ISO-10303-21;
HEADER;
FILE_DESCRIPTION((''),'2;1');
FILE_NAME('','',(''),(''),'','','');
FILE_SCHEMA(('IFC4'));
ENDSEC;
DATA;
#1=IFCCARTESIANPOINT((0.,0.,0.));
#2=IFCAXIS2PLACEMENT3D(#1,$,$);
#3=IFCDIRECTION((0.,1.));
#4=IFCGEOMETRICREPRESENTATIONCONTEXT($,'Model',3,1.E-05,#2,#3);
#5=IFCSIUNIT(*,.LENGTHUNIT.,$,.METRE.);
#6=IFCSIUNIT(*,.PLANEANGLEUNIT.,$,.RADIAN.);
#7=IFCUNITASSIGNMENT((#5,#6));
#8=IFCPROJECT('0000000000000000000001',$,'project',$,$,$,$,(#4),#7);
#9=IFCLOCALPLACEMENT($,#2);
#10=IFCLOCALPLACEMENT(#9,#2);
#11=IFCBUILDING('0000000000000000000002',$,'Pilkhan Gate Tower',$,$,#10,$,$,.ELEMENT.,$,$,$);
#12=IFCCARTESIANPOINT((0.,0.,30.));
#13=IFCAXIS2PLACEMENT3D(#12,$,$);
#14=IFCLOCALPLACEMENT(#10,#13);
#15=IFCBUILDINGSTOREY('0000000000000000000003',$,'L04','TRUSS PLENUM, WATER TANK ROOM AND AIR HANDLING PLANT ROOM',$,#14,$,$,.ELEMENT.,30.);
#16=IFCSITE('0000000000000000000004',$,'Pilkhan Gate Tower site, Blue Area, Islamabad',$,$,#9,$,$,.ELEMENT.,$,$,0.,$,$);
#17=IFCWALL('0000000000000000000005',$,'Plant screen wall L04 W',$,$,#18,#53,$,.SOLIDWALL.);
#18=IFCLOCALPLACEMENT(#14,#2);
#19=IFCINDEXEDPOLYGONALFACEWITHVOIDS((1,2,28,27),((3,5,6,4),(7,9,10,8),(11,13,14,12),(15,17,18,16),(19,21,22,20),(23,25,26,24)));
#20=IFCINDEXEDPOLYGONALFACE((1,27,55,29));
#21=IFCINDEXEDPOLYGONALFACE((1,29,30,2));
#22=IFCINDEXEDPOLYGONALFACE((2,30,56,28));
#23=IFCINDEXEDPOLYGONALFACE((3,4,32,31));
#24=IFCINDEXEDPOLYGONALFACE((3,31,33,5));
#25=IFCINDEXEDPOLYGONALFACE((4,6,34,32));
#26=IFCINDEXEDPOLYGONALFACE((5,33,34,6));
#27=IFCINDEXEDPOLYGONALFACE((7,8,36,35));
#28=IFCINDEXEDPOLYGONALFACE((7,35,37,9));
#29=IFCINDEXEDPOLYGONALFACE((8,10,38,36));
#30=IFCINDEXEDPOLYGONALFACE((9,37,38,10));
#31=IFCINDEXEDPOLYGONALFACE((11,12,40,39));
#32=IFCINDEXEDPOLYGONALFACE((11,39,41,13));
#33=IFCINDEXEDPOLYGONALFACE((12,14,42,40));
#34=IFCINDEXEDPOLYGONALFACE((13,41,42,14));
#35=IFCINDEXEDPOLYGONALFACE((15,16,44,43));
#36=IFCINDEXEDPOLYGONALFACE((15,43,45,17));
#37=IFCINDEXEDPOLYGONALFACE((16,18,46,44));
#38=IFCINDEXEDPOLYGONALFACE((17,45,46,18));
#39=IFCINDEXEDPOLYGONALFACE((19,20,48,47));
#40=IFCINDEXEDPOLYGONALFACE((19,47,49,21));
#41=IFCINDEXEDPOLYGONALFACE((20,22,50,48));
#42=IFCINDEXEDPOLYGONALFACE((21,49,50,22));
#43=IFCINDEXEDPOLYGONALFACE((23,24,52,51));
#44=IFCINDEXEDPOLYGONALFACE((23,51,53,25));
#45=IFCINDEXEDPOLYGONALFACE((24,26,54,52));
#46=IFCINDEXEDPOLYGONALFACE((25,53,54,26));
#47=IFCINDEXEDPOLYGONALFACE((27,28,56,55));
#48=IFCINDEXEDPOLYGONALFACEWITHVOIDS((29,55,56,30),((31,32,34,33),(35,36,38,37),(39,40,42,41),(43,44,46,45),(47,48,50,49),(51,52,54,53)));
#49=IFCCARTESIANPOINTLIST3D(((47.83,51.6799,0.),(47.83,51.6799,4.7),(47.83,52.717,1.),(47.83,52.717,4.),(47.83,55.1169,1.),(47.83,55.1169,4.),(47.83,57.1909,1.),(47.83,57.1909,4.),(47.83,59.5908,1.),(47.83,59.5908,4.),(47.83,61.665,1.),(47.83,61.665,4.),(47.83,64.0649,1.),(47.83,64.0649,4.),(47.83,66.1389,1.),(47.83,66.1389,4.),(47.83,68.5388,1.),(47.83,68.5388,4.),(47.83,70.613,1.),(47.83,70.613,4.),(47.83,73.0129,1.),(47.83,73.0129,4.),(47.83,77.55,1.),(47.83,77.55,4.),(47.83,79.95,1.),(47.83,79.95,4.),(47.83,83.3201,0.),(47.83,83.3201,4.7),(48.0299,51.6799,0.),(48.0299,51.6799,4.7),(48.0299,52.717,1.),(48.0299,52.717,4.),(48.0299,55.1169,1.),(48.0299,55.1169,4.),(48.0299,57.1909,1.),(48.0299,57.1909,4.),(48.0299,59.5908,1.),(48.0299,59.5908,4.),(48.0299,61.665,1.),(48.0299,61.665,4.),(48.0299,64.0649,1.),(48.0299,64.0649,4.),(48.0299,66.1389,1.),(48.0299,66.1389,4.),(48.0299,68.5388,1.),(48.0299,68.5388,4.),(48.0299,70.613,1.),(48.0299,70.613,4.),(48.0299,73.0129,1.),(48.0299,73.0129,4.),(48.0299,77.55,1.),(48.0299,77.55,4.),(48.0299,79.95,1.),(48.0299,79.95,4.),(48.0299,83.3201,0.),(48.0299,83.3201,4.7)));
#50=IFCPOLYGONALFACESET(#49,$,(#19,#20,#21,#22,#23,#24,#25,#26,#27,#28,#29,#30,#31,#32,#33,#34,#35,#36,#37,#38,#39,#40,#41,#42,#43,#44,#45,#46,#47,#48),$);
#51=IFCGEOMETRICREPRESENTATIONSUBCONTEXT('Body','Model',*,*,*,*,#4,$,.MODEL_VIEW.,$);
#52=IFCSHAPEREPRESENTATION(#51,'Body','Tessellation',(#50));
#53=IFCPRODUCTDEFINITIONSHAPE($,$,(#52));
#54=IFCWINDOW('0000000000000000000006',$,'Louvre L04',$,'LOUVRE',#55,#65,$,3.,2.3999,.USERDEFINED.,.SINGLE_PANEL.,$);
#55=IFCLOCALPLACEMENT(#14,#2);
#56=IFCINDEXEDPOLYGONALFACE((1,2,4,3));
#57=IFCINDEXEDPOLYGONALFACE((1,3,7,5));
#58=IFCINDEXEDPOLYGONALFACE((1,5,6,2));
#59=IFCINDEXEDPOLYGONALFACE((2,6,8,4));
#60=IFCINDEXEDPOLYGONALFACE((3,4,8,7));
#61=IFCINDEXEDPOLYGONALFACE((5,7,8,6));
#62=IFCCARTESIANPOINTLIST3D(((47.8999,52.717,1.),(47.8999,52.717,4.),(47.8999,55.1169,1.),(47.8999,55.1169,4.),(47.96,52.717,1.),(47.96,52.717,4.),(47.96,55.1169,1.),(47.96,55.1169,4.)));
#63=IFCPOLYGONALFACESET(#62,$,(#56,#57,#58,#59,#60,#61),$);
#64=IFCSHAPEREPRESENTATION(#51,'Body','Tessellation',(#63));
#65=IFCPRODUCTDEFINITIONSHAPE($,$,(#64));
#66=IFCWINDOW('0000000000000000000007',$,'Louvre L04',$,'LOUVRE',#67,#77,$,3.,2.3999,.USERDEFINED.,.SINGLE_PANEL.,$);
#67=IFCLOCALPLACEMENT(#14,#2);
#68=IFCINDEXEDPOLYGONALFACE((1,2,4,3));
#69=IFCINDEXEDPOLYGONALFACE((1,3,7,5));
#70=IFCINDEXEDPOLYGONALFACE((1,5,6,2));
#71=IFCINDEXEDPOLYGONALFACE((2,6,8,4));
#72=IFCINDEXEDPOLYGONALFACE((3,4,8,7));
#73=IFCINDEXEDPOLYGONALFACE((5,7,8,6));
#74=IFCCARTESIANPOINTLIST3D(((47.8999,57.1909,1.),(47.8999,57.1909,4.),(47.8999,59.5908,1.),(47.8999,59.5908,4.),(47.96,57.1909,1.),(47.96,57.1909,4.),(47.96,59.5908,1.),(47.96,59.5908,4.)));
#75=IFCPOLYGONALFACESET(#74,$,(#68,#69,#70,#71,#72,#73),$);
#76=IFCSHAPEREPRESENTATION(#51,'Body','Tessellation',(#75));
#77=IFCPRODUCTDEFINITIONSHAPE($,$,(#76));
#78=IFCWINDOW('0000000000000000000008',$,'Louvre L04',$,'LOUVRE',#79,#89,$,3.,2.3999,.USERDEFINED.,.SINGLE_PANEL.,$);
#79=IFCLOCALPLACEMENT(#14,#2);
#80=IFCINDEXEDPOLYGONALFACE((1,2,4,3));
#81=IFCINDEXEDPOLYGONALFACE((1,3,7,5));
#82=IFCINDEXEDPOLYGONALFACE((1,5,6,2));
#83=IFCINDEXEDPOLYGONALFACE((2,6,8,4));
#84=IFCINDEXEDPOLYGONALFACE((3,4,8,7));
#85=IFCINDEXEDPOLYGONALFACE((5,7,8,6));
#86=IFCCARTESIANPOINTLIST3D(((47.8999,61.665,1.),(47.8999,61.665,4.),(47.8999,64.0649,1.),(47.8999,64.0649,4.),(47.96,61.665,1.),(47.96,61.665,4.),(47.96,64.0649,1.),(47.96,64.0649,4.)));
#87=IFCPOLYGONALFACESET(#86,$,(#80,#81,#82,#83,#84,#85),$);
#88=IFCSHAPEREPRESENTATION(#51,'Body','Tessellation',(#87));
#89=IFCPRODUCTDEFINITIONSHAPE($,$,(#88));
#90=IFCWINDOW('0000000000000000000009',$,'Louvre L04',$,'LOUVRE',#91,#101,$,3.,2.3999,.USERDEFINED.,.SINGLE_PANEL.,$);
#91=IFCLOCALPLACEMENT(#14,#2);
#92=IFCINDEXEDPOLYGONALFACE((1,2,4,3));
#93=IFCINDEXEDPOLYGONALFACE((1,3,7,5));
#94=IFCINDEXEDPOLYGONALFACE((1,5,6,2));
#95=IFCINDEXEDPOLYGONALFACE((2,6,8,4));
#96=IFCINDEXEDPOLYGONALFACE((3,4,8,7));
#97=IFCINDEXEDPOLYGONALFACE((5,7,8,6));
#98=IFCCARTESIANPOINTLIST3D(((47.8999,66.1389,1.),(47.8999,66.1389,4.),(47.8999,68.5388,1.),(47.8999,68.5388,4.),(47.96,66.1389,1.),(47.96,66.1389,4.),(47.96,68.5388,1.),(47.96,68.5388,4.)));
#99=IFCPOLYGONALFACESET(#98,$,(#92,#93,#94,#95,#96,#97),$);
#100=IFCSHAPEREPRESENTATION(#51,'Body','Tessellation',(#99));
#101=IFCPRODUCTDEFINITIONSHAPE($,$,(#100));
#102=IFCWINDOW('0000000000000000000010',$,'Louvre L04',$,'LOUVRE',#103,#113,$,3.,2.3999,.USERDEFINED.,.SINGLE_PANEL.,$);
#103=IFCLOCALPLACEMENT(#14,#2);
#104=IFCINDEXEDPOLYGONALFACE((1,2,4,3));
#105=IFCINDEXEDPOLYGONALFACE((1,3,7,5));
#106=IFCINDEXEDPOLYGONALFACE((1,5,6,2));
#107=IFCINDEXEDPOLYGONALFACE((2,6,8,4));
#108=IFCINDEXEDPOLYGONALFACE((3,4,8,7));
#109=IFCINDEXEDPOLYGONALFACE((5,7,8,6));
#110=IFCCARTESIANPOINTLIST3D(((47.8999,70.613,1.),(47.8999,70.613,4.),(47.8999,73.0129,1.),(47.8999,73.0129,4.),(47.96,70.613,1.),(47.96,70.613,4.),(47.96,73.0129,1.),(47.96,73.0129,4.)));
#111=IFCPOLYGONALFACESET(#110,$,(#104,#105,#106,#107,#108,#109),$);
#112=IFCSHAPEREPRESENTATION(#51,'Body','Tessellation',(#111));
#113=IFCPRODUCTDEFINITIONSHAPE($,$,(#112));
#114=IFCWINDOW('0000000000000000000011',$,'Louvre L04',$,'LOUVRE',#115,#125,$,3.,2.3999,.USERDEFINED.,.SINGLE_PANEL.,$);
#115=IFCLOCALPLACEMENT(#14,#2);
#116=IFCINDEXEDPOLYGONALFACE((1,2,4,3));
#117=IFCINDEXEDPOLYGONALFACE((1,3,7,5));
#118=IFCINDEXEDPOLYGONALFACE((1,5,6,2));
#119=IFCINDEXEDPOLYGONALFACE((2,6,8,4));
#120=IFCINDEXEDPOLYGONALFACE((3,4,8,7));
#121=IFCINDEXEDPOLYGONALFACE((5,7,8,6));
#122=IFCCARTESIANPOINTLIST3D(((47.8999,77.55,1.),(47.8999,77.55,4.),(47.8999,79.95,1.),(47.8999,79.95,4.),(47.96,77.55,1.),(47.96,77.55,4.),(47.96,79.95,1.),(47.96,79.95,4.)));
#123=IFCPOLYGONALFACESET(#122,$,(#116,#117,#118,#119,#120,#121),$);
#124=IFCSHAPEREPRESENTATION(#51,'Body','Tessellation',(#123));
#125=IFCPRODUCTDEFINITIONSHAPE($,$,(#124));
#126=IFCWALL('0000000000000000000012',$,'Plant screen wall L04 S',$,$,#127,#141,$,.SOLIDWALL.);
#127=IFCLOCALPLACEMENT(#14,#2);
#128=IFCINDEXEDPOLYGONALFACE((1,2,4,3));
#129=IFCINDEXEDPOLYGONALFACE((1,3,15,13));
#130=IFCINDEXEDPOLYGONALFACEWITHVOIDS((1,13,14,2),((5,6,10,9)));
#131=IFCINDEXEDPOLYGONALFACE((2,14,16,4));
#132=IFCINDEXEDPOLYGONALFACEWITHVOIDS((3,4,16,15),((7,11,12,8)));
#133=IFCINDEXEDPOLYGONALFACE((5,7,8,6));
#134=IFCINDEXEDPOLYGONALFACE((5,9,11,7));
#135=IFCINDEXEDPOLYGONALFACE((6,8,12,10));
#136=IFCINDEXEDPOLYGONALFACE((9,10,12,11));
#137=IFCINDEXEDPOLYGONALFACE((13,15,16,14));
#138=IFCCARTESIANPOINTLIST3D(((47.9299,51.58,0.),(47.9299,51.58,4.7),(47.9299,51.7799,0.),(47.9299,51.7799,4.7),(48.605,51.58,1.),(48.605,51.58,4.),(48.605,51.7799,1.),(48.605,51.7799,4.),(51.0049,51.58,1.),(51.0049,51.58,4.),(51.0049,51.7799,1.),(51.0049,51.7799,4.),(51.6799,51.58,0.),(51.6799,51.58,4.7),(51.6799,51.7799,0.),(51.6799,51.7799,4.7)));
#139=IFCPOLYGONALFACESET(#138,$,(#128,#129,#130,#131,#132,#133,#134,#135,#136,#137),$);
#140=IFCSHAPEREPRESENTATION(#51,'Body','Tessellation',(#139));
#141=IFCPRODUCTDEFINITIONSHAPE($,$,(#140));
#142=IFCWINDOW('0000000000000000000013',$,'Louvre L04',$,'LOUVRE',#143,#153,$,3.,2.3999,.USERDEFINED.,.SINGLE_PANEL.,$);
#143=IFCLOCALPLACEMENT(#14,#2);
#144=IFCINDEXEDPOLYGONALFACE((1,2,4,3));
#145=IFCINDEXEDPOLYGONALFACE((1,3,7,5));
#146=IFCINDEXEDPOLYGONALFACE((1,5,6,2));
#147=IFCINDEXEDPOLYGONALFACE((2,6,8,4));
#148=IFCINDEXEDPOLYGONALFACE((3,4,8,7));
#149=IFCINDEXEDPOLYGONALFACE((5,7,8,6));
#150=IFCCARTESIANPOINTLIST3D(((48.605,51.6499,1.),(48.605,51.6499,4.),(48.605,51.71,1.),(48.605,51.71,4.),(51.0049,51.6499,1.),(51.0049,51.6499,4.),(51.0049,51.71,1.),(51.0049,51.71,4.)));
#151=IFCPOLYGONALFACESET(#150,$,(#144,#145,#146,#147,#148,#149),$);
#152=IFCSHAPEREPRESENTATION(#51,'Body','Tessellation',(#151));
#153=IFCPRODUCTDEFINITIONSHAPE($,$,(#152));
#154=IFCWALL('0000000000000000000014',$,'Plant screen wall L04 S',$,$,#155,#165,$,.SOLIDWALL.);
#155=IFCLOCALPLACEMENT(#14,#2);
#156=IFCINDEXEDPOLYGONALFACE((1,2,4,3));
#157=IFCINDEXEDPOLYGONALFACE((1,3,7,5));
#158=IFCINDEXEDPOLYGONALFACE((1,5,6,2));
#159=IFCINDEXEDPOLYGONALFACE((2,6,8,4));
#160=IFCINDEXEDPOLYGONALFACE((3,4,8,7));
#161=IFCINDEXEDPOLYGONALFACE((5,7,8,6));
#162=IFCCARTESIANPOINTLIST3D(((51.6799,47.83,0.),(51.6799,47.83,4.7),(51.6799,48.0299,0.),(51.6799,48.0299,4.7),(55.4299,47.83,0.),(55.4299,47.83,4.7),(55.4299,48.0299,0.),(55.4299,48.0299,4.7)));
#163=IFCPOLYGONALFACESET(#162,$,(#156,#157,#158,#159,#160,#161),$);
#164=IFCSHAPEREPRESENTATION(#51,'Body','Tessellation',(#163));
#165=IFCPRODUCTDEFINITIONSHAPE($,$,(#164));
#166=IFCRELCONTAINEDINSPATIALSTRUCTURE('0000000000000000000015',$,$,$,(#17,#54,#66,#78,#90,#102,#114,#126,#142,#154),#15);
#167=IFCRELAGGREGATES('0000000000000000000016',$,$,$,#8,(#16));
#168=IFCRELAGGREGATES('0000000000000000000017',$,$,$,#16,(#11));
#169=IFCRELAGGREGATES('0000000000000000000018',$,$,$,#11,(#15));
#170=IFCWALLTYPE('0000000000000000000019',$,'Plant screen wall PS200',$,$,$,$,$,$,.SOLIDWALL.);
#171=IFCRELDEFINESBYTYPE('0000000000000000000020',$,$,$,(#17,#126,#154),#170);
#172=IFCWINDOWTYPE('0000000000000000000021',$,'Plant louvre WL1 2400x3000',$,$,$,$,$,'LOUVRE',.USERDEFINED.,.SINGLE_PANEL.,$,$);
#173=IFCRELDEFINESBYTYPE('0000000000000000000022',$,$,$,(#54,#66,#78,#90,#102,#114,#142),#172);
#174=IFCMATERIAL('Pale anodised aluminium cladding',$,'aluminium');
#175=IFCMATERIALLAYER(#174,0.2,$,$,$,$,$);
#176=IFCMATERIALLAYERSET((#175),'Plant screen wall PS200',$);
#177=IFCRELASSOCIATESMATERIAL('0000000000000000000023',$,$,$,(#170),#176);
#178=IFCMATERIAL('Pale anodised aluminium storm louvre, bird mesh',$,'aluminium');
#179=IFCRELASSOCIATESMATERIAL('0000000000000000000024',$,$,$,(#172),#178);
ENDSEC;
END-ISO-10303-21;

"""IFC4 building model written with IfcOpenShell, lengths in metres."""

from ifc_helpers import new_model, si_unit, direction, frame, frame_2d, origin, place, context, subcontext, project, spatial, rectangle, extrude, material, layer, layer_set, type_object, element, fill, save


model = new_model("IFC4")

# Units and contexts
model_context = context("Model", 3, precision=1e-05, world=origin(), true_north=direction((0.0, 1.0)))
body_context = subcontext(model_context, "Body", "Model", "MODEL_VIEW")
ifc_project = project(units=[si_unit("LENGTHUNIT", "METRE"), si_unit("PLANEANGLEUNIT", "RADIAN")], contexts=[model_context])

# Site, building, storey
site_placement = place(None, origin())
site = spatial("IfcSite", under=ifc_project, at=site_placement, Name="Pilkhan Gate Tower site, Blue Area, Islamabad", CompositionType="ELEMENT", RefElevation=0.0)
building_placement = place(site_placement, origin())
building = spatial("IfcBuilding", under=site, at=building_placement, Name="Pilkhan Gate Tower", CompositionType="ELEMENT")
storey_placement = place(building_placement, frame((0.0, 0.0, 30.0)))
storey = spatial("IfcBuildingStorey", under=building, at=storey_placement, Name="L04", Description="TRUSS PLENUM, WATER TANK ROOM AND AIR HANDLING PLANT ROOM", CompositionType="ELEMENT", Elevation=30.0)

# Wall, openings, windows
ifc_material_1 = material(Name="Pale anodised aluminium cladding", Category="aluminium")
ifc_layer_1 = layer(ifc_material_1, 0.2)
ifc_layer_set_1 = layer_set([ifc_layer_1], Name="Plant screen wall PS200")
wall_type_1 = type_object("IfcWallType", Name="Plant screen wall PS200", PredefinedType="SOLIDWALL", material=ifc_layer_set_1)
wall_1_placement = place(storey_placement, frame((47.9299, 51.6799, 0.0), z_axis=(0.0, 0.0, 1.0), x_axis=(0.0, 1.0, 0.0)))
wall_1 = element("IfcWall", 1, at=wall_1_placement, inside=storey, type_object=wall_type_1, Name="Plant screen wall L04 W", PredefinedType="SOLIDWALL", context=body_context, shape_type="SweptSolid", body=[
    extrude(rectangle(XDim=31.6401, YDim=0.2, at=frame_2d((15.8201, 0.0))), origin(), (0.0, 0.0, 1.0), 4.7),
])
opening_1_placement = place(wall_1_placement, frame((1.0371, 0.0, 1.0)))
opening_1 = element("IfcOpeningElement", 2, at=opening_1_placement, cuts=wall_1, PredefinedType="OPENING", context=body_context, shape_type="SweptSolid", body=[
    extrude(rectangle(XDim=2.3999, YDim=3.0, at=frame_2d((1.2, 1.5))), frame((0.0, 0.1099, 0.0), z_axis=(0.0, -1.0, 0.0), x_axis=(1.0, 0.0, 0.0)), (0.0, 0.0, 1.0), 0.22),
])
opening_2_placement = place(wall_1_placement, frame((5.511, 0.0, 1.0)))
opening_2 = element("IfcOpeningElement", 3, at=opening_2_placement, cuts=wall_1, PredefinedType="OPENING", context=body_context, shape_type="SweptSolid", body=[
    extrude(rectangle(XDim=2.3999, YDim=3.0, at=frame_2d((1.2, 1.5))), frame((0.0, 0.1099, 0.0), z_axis=(0.0, -1.0, 0.0), x_axis=(1.0, 0.0, 0.0)), (0.0, 0.0, 1.0), 0.22),
])
opening_3_placement = place(wall_1_placement, frame((9.9851, 0.0, 1.0)))
opening_3 = element("IfcOpeningElement", 4, at=opening_3_placement, cuts=wall_1, PredefinedType="OPENING", context=body_context, shape_type="SweptSolid", body=[
    extrude(rectangle(XDim=2.3999, YDim=3.0, at=frame_2d((1.2, 1.5))), frame((0.0, 0.1099, 0.0), z_axis=(0.0, -1.0, 0.0), x_axis=(1.0, 0.0, 0.0)), (0.0, 0.0, 1.0), 0.22),
])
opening_4_placement = place(wall_1_placement, frame((14.459, 0.0, 1.0)))
opening_4 = element("IfcOpeningElement", 5, at=opening_4_placement, cuts=wall_1, PredefinedType="OPENING", context=body_context, shape_type="SweptSolid", body=[
    extrude(rectangle(XDim=2.3999, YDim=3.0, at=frame_2d((1.2, 1.5))), frame((0.0, 0.1099, 0.0), z_axis=(0.0, -1.0, 0.0), x_axis=(1.0, 0.0, 0.0)), (0.0, 0.0, 1.0), 0.22),
])
opening_5_placement = place(wall_1_placement, frame((18.9331, 0.0, 1.0)))
opening_5 = element("IfcOpeningElement", 6, at=opening_5_placement, cuts=wall_1, PredefinedType="OPENING", context=body_context, shape_type="SweptSolid", body=[
    extrude(rectangle(XDim=2.3999, YDim=3.0, at=frame_2d((1.2, 1.5))), frame((0.0, 0.1099, 0.0), z_axis=(0.0, -1.0, 0.0), x_axis=(1.0, 0.0, 0.0)), (0.0, 0.0, 1.0), 0.22),
])
opening_6_placement = place(wall_1_placement, frame((25.8701, 0.0, 1.0)))
opening_6 = element("IfcOpeningElement", 7, at=opening_6_placement, cuts=wall_1, PredefinedType="OPENING", context=body_context, shape_type="SweptSolid", body=[
    extrude(rectangle(XDim=2.3999, YDim=3.0, at=frame_2d((1.2, 1.5))), frame((0.0, 0.1099, 0.0), z_axis=(0.0, -1.0, 0.0), x_axis=(1.0, 0.0, 0.0)), (0.0, 0.0, 1.0), 0.22),
])
ifc_material_2 = material(Name="Pale anodised aluminium storm louvre, bird mesh", Category="aluminium")
window_type = type_object("IfcWindowType", Name="Plant louvre WL1 2400x3000", ElementType="LOUVRE", PartitioningType="SINGLE_PANEL", PredefinedType="USERDEFINED", material=ifc_material_2)
window_1_placement = place(opening_1_placement, origin())
window_1 = element("IfcWindow", 8, at=window_1_placement, inside=storey, type_object=window_type, Name="Louvre L04", ObjectType="LOUVRE", OverallHeight=3.0, OverallWidth=2.3999, PartitioningType="SINGLE_PANEL", PredefinedType="USERDEFINED", context=body_context, shape_type="SweptSolid", body=[
    extrude(rectangle(XDim=2.3999, YDim=3.0, at=frame_2d((1.2, 1.5))), frame((0.0, 0.03, 0.0), z_axis=(0.0, -1.0, 0.0), x_axis=(1.0, 0.0, 0.0)), (0.0, 0.0, 1.0), 0.0601),
])
fill(opening_1, window_1)
window_2_placement = place(opening_2_placement, origin())
window_2 = element("IfcWindow", 9, at=window_2_placement, inside=storey, type_object=window_type, Name="Louvre L04", ObjectType="LOUVRE", OverallHeight=3.0, OverallWidth=2.3999, PartitioningType="SINGLE_PANEL", PredefinedType="USERDEFINED", context=body_context, shape_type="SweptSolid", body=[
    extrude(rectangle(XDim=2.3999, YDim=3.0, at=frame_2d((1.2, 1.5))), frame((0.0, 0.03, 0.0), z_axis=(0.0, -1.0, 0.0), x_axis=(1.0, 0.0, 0.0)), (0.0, 0.0, 1.0), 0.0601),
])
fill(opening_2, window_2)
window_3_placement = place(opening_3_placement, origin())
window_3 = element("IfcWindow", 10, at=window_3_placement, inside=storey, type_object=window_type, Name="Louvre L04", ObjectType="LOUVRE", OverallHeight=3.0, OverallWidth=2.3999, PartitioningType="SINGLE_PANEL", PredefinedType="USERDEFINED", context=body_context, shape_type="SweptSolid", body=[
    extrude(rectangle(XDim=2.3999, YDim=3.0, at=frame_2d((1.2, 1.5))), frame((0.0, 0.03, 0.0), z_axis=(0.0, -1.0, 0.0), x_axis=(1.0, 0.0, 0.0)), (0.0, 0.0, 1.0), 0.0601),
])
fill(opening_3, window_3)
window_4_placement = place(opening_4_placement, origin())
window_4 = element("IfcWindow", 11, at=window_4_placement, inside=storey, type_object=window_type, Name="Louvre L04", ObjectType="LOUVRE", OverallHeight=3.0, OverallWidth=2.3999, PartitioningType="SINGLE_PANEL", PredefinedType="USERDEFINED", context=body_context, shape_type="SweptSolid", body=[
    extrude(rectangle(XDim=2.3999, YDim=3.0, at=frame_2d((1.2, 1.5))), frame((0.0, 0.03, 0.0), z_axis=(0.0, -1.0, 0.0), x_axis=(1.0, 0.0, 0.0)), (0.0, 0.0, 1.0), 0.0601),
])
fill(opening_4, window_4)
window_5_placement = place(opening_5_placement, origin())
window_5 = element("IfcWindow", 12, at=window_5_placement, inside=storey, type_object=window_type, Name="Louvre L04", ObjectType="LOUVRE", OverallHeight=3.0, OverallWidth=2.3999, PartitioningType="SINGLE_PANEL", PredefinedType="USERDEFINED", context=body_context, shape_type="SweptSolid", body=[
    extrude(rectangle(XDim=2.3999, YDim=3.0, at=frame_2d((1.2, 1.5))), frame((0.0, 0.03, 0.0), z_axis=(0.0, -1.0, 0.0), x_axis=(1.0, 0.0, 0.0)), (0.0, 0.0, 1.0), 0.0601),
])
fill(opening_5, window_5)
window_6_placement = place(opening_6_placement, origin())
window_6 = element("IfcWindow", 13, at=window_6_placement, inside=storey, type_object=window_type, Name="Louvre L04", ObjectType="LOUVRE", OverallHeight=3.0, OverallWidth=2.3999, PartitioningType="SINGLE_PANEL", PredefinedType="USERDEFINED", context=body_context, shape_type="SweptSolid", body=[
    extrude(rectangle(XDim=2.3999, YDim=3.0, at=frame_2d((1.2, 1.5))), frame((0.0, 0.03, 0.0), z_axis=(0.0, -1.0, 0.0), x_axis=(1.0, 0.0, 0.0)), (0.0, 0.0, 1.0), 0.0601),
])
fill(opening_6, window_6)

# Wall, opening, window
wall_2_placement = place(storey_placement, frame((47.9299, 51.6799, 0.0), z_axis=(0.0, 0.0, 1.0), x_axis=(1.0, 0.0, 0.0)))
wall_2 = element("IfcWall", 14, at=wall_2_placement, inside=storey, type_object=wall_type_1, Name="Plant screen wall L04 S", PredefinedType="SOLIDWALL", context=body_context, shape_type="SweptSolid", body=[
    extrude(rectangle(XDim=3.75, YDim=0.2, at=frame_2d((1.875, 0.0))), origin(), (0.0, 0.0, 1.0), 4.7),
])
opening_7_placement = place(wall_2_placement, frame((0.675, 0.0, 1.0)))
opening_7 = element("IfcOpeningElement", 15, at=opening_7_placement, cuts=wall_2, PredefinedType="OPENING", context=body_context, shape_type="SweptSolid", body=[
    extrude(rectangle(XDim=2.3999, YDim=3.0, at=frame_2d((1.2, 1.5))), frame((0.0, 0.1099, 0.0), z_axis=(0.0, -1.0, 0.0), x_axis=(1.0, 0.0, 0.0)), (0.0, 0.0, 1.0), 0.22),
])
window_7_placement = place(opening_7_placement, origin())
window_7 = element("IfcWindow", 16, at=window_7_placement, inside=storey, type_object=window_type, Name="Louvre L04", ObjectType="LOUVRE", OverallHeight=3.0, OverallWidth=2.3999, PartitioningType="SINGLE_PANEL", PredefinedType="USERDEFINED", context=body_context, shape_type="SweptSolid", body=[
    extrude(rectangle(XDim=2.3999, YDim=3.0, at=frame_2d((1.2, 1.5))), frame((0.0, 0.03, 0.0), z_axis=(0.0, -1.0, 0.0), x_axis=(1.0, 0.0, 0.0)), (0.0, 0.0, 1.0), 0.0601),
])
fill(opening_7, window_7)

# Wall
wall_3_placement = place(storey_placement, frame((51.6799, 47.9299, 0.0), z_axis=(0.0, 0.0, 1.0), x_axis=(1.0, 0.0, 0.0)))
element("IfcWall", 17, at=wall_3_placement, inside=storey, type_object=wall_type_1, Name="Plant screen wall L04 S", PredefinedType="SOLIDWALL", context=body_context, shape_type="SweptSolid", body=[
    extrude(rectangle(XDim=3.75, YDim=0.2, at=frame_2d((1.875, 0.0))), origin(), (0.0, 0.0, 1.0), 4.7),
])

save(model, "model.ifc")
